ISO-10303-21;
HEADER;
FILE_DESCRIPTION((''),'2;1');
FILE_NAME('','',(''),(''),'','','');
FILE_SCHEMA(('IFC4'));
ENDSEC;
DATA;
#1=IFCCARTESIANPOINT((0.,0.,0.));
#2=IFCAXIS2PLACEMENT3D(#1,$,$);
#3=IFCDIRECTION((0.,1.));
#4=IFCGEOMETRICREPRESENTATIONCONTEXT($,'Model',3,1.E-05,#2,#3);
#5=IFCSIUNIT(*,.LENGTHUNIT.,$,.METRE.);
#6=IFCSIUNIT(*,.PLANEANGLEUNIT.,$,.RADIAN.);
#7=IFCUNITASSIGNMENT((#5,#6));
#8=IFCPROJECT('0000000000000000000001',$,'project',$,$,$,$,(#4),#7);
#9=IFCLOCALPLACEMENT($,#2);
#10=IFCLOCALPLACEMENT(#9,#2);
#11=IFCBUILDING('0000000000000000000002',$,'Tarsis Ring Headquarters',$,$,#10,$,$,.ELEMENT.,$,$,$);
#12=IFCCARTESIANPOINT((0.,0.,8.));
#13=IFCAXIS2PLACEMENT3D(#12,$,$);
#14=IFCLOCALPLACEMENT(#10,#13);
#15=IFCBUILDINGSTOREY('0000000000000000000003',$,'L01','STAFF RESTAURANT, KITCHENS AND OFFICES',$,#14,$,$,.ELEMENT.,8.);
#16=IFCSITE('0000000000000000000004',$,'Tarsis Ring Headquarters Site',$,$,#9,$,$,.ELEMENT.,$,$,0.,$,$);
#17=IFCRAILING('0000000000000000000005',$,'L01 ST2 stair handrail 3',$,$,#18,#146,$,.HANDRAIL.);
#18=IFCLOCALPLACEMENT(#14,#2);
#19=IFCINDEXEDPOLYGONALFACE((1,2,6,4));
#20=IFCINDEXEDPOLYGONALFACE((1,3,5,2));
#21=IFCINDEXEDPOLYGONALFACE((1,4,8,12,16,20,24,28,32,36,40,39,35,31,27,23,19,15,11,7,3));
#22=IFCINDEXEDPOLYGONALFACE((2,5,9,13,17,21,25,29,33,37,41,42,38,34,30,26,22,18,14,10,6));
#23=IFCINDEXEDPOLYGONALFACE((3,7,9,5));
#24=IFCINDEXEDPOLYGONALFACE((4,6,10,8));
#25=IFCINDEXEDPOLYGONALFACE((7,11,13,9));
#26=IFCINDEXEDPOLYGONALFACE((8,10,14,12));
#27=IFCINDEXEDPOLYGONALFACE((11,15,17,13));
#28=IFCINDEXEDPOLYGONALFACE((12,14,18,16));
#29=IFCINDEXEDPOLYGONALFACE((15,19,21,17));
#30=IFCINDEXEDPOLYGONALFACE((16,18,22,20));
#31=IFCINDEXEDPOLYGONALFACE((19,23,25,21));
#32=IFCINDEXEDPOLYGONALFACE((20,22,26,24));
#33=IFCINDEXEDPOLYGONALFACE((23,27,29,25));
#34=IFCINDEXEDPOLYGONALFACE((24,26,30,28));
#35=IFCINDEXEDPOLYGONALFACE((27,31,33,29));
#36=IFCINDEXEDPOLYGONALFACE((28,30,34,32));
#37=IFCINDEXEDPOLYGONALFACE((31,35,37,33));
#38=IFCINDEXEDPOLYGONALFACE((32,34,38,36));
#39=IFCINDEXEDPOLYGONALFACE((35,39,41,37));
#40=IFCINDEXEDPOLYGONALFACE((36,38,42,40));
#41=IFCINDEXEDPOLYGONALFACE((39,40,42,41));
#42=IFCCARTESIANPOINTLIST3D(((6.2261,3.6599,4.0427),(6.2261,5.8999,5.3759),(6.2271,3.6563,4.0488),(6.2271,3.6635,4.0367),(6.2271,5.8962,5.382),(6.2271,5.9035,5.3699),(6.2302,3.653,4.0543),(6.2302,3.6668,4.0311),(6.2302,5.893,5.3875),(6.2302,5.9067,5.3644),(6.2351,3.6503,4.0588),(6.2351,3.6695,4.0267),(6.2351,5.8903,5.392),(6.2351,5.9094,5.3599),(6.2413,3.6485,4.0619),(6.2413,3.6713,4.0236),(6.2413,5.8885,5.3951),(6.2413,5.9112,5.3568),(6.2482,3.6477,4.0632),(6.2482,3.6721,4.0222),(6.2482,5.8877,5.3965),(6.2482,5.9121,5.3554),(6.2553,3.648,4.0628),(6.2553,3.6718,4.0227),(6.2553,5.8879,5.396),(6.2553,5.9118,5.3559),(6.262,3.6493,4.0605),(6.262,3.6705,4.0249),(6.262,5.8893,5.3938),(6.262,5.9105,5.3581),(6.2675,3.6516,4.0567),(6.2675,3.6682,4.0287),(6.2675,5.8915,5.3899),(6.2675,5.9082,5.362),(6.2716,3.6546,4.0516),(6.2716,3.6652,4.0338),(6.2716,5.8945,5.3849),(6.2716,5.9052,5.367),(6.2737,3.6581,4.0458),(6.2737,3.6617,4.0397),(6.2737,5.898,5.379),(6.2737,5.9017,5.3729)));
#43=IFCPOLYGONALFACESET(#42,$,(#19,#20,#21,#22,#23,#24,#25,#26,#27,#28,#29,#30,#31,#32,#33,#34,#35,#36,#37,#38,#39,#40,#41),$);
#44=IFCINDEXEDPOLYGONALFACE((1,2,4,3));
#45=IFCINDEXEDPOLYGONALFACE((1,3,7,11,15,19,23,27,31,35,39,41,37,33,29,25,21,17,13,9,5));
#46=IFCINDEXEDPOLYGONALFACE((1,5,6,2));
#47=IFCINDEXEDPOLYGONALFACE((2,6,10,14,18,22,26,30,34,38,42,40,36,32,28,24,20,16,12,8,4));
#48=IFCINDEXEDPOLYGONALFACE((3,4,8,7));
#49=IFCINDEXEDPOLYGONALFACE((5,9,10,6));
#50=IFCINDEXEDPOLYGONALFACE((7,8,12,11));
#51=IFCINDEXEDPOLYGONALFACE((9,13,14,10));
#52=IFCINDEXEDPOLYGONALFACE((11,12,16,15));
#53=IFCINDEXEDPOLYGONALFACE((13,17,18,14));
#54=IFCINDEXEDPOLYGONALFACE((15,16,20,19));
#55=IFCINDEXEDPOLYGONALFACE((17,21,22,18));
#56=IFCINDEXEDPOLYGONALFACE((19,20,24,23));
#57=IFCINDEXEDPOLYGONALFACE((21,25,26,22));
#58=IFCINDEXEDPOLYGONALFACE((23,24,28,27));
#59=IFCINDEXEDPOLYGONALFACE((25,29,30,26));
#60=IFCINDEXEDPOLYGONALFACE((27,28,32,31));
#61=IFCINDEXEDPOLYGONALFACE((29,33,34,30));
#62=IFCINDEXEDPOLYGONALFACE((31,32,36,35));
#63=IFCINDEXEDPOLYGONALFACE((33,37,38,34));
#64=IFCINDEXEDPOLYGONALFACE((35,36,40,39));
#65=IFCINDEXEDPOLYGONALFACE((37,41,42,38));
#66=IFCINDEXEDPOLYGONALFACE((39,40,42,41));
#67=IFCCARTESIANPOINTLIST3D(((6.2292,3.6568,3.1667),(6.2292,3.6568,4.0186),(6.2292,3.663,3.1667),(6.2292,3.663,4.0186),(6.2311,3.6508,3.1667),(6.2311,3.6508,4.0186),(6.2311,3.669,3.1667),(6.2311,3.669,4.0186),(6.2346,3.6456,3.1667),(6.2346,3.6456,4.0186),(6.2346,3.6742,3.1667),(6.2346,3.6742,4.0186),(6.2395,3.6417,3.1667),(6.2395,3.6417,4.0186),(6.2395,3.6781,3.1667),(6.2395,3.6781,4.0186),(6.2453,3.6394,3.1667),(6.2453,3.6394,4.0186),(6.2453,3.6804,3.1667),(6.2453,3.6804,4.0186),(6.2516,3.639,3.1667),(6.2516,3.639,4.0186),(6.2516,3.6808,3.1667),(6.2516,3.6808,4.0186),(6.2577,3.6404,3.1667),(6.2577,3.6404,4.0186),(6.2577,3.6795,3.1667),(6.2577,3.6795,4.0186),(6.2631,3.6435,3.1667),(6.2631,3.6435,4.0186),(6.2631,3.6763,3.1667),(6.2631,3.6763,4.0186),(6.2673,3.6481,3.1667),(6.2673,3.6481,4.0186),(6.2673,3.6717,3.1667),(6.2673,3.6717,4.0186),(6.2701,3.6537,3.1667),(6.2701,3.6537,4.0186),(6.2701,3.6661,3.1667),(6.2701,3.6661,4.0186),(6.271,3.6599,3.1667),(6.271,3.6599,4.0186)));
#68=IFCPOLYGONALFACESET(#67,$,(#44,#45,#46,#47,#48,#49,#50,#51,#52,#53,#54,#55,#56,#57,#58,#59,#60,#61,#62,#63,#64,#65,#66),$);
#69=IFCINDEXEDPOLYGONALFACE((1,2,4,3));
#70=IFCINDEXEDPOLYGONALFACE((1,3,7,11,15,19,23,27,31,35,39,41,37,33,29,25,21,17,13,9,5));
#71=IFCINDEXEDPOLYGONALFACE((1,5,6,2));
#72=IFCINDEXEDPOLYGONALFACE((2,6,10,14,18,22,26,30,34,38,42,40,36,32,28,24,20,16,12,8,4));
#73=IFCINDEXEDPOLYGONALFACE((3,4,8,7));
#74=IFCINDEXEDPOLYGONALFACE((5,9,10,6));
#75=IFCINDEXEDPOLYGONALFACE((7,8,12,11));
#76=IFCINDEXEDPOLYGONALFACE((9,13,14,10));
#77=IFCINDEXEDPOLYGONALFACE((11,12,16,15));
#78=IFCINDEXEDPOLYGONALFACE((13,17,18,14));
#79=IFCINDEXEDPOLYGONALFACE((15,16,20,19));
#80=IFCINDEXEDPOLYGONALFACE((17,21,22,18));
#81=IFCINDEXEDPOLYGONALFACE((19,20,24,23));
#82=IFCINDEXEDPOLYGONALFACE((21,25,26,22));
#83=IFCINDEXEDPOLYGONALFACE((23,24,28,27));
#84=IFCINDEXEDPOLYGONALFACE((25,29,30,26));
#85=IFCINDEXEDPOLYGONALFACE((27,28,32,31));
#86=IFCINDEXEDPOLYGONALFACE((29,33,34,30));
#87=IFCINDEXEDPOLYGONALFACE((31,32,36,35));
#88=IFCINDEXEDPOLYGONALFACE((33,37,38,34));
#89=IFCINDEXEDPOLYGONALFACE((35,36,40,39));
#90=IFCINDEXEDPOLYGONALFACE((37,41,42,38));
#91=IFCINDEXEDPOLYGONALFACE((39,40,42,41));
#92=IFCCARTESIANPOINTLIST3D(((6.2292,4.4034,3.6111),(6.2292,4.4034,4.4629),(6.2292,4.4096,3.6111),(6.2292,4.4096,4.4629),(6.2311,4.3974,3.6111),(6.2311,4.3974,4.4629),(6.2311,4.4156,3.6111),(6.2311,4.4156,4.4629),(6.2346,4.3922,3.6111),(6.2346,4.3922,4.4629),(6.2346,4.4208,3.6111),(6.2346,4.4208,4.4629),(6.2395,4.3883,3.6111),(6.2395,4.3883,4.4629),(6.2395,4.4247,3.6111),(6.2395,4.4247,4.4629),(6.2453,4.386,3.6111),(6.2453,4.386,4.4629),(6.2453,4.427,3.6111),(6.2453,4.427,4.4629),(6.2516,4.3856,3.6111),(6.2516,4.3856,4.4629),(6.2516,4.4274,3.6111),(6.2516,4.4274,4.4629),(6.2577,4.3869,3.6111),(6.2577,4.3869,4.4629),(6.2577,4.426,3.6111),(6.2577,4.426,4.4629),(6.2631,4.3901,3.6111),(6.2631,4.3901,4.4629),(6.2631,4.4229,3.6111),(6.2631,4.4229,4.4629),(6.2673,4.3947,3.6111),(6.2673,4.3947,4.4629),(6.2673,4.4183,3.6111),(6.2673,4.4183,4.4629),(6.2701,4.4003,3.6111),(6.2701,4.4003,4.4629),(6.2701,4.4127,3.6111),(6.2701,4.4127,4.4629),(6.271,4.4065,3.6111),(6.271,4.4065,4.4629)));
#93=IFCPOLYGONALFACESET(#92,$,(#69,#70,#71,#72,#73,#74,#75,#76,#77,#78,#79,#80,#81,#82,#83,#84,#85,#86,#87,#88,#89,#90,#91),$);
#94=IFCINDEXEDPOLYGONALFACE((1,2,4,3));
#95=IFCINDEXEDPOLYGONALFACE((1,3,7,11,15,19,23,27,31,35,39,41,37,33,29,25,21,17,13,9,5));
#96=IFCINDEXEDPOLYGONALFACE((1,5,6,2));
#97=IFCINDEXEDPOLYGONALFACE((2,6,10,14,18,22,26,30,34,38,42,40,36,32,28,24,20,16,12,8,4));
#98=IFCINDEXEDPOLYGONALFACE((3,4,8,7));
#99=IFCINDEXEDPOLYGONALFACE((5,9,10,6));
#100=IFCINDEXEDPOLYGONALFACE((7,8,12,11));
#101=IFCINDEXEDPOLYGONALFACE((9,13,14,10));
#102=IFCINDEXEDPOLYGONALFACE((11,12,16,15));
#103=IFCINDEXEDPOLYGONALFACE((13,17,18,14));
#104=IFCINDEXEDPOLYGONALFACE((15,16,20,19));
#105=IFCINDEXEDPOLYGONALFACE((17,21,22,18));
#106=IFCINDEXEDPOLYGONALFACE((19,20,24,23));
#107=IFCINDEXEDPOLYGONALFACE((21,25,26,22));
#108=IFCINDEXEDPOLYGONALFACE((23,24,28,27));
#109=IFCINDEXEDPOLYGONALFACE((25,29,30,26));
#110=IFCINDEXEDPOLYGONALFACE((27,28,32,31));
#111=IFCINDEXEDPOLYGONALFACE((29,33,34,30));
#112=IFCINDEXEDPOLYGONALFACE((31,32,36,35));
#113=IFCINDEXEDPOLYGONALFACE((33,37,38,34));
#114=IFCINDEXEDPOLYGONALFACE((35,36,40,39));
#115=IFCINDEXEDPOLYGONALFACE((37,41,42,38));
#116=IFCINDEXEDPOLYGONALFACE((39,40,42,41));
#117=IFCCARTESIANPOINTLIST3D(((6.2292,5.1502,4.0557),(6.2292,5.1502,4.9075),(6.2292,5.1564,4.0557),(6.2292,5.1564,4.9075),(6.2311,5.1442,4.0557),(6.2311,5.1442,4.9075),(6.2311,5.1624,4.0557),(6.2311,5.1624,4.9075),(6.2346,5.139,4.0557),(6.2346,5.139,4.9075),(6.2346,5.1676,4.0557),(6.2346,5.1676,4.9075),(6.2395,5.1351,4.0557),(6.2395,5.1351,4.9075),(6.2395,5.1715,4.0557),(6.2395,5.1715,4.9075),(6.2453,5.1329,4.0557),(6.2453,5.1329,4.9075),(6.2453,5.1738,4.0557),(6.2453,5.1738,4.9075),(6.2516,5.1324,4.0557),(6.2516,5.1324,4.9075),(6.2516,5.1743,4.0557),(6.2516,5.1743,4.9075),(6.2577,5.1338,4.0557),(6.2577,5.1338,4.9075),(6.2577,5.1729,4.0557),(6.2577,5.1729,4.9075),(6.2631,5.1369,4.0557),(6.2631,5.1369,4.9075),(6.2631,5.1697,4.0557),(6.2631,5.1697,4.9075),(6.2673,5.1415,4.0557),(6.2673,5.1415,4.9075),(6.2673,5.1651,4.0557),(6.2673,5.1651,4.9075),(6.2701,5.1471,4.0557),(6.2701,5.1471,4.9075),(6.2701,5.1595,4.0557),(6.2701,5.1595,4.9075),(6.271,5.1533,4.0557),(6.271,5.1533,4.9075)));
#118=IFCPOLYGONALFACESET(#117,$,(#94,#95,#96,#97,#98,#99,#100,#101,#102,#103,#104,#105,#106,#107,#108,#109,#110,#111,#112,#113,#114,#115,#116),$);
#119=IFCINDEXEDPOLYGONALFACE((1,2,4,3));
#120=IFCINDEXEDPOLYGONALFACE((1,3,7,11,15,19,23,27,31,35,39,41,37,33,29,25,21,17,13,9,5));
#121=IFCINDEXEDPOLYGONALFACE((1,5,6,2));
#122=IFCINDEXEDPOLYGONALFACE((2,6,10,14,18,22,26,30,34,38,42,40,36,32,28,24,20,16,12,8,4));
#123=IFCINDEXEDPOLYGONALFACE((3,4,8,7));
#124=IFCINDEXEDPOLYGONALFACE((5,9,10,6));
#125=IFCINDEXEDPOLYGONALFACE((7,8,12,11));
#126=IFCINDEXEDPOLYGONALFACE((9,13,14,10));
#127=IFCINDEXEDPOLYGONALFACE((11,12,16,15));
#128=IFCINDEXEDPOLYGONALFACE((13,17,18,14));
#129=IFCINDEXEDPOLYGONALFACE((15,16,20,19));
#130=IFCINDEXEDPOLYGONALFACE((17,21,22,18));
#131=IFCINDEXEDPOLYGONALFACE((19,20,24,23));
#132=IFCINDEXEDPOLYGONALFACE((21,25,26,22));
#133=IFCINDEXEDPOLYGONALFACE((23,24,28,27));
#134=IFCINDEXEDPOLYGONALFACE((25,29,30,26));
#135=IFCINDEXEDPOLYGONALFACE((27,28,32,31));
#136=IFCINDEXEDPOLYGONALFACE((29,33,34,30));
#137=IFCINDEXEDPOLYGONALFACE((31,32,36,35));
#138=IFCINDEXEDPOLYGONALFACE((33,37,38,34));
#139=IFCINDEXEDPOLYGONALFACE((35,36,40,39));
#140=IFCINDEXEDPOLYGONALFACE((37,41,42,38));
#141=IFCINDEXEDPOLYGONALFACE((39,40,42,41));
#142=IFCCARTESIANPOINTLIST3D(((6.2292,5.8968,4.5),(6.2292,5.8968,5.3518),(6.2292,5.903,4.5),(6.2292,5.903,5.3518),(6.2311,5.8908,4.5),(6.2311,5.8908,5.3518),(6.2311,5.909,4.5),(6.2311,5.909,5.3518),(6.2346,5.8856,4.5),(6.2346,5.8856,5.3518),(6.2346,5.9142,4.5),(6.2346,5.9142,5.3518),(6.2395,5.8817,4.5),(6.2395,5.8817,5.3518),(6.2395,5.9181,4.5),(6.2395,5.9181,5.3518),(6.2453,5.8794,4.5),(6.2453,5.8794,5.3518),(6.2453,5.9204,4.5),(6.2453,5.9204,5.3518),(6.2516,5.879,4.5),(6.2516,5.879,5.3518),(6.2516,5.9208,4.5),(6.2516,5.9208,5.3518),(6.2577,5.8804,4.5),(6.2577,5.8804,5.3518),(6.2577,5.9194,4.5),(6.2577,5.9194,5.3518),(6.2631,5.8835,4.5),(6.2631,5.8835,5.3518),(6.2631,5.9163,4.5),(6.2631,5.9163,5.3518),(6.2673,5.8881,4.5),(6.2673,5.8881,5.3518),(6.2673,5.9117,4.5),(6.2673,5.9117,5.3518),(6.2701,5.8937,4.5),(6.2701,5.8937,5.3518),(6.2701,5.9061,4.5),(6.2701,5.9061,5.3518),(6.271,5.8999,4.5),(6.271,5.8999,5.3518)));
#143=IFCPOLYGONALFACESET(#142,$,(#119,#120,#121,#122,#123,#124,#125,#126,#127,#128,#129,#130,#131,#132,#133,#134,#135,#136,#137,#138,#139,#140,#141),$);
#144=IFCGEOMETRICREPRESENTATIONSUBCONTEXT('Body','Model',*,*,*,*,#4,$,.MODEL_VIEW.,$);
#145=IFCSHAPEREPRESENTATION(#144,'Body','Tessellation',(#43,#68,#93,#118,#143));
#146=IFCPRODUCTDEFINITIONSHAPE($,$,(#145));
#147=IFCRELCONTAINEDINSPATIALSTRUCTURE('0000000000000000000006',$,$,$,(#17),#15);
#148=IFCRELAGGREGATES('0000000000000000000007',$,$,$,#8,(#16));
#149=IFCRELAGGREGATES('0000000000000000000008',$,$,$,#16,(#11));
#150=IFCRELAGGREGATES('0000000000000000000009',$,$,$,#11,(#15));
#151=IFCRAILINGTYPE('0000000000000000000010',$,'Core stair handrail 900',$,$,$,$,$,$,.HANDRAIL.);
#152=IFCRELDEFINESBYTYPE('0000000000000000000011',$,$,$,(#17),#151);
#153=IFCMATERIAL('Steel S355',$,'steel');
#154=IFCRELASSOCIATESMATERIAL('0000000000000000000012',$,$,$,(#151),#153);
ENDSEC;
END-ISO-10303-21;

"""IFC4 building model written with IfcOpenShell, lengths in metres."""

from ifc_helpers import new_model, si_unit, direction, frame, origin, origin_2d, place, context, subcontext, project, spatial, circle, extrude, material, type_object, element, save


model = new_model("IFC4")

# Units and contexts
model_context = context("Model", 3, precision=1e-05, world=origin(), true_north=direction((0.0, 1.0)))
body_context = subcontext(model_context, "Body", "Model", "MODEL_VIEW")
ifc_project = project(units=[si_unit("LENGTHUNIT", "METRE"), si_unit("PLANEANGLEUNIT", "RADIAN")], contexts=[model_context])

# Site, building, storey
site_placement = place(None, origin())
site = spatial("IfcSite", under=ifc_project, at=site_placement, Name="Tarsis Ring Headquarters Site", CompositionType="ELEMENT", RefElevation=0.0)
building_placement = place(site_placement, origin())
building = spatial("IfcBuilding", under=site, at=building_placement, Name="Tarsis Ring Headquarters", CompositionType="ELEMENT")
storey_placement = place(building_placement, frame((0.0, 0.0, 8.0)))
storey = spatial("IfcBuildingStorey", under=building, at=storey_placement, Name="L01", Description="STAFF RESTAURANT, KITCHENS AND OFFICES", CompositionType="ELEMENT", Elevation=8.0)

# Railing
ifc_material_1 = material(Name="Steel S355", Category="steel")
railing_type_1 = type_object("IfcRailingType", Name="Core stair handrail 900", PredefinedType="HANDRAIL", material=ifc_material_1)
railing_1_placement = place(storey_placement, frame((6.25, 3.6599, 3.1667)))
element("IfcRailing", 1, at=railing_1_placement, inside=storey, type_object=railing_type_1, Name="L01 ST2 stair handrail 3", PredefinedType="HANDRAIL", context=body_context, shape_type="SweptSolid", body=[
    extrude(circle(Radius=0.0239, at=origin_2d()), frame((0.0, 0.0, 0.876), z_axis=(0.0, 0.859306, 0.511462), x_axis=(-1.0, 0.0, 0.0)), (0.0, 0.0, 1.0), 2.6067),
    extrude(circle(Radius=0.021, at=origin_2d()), origin(), (0.0, 0.0, 1.0), 0.8518),
    extrude(circle(Radius=0.021, at=origin_2d()), frame((0.0, 0.7466, 0.4443)), (0.0, 0.0, 1.0), 0.8518),
    extrude(circle(Radius=0.021, at=origin_2d()), frame((0.0, 1.4934, 0.8889)), (0.0, 0.0, 1.0), 0.8518),
    extrude(circle(Radius=0.021, at=origin_2d()), frame((0.0, 2.24, 1.3333)), (0.0, 0.0, 1.0), 0.8518),
])

save(model, "model.ifc")
